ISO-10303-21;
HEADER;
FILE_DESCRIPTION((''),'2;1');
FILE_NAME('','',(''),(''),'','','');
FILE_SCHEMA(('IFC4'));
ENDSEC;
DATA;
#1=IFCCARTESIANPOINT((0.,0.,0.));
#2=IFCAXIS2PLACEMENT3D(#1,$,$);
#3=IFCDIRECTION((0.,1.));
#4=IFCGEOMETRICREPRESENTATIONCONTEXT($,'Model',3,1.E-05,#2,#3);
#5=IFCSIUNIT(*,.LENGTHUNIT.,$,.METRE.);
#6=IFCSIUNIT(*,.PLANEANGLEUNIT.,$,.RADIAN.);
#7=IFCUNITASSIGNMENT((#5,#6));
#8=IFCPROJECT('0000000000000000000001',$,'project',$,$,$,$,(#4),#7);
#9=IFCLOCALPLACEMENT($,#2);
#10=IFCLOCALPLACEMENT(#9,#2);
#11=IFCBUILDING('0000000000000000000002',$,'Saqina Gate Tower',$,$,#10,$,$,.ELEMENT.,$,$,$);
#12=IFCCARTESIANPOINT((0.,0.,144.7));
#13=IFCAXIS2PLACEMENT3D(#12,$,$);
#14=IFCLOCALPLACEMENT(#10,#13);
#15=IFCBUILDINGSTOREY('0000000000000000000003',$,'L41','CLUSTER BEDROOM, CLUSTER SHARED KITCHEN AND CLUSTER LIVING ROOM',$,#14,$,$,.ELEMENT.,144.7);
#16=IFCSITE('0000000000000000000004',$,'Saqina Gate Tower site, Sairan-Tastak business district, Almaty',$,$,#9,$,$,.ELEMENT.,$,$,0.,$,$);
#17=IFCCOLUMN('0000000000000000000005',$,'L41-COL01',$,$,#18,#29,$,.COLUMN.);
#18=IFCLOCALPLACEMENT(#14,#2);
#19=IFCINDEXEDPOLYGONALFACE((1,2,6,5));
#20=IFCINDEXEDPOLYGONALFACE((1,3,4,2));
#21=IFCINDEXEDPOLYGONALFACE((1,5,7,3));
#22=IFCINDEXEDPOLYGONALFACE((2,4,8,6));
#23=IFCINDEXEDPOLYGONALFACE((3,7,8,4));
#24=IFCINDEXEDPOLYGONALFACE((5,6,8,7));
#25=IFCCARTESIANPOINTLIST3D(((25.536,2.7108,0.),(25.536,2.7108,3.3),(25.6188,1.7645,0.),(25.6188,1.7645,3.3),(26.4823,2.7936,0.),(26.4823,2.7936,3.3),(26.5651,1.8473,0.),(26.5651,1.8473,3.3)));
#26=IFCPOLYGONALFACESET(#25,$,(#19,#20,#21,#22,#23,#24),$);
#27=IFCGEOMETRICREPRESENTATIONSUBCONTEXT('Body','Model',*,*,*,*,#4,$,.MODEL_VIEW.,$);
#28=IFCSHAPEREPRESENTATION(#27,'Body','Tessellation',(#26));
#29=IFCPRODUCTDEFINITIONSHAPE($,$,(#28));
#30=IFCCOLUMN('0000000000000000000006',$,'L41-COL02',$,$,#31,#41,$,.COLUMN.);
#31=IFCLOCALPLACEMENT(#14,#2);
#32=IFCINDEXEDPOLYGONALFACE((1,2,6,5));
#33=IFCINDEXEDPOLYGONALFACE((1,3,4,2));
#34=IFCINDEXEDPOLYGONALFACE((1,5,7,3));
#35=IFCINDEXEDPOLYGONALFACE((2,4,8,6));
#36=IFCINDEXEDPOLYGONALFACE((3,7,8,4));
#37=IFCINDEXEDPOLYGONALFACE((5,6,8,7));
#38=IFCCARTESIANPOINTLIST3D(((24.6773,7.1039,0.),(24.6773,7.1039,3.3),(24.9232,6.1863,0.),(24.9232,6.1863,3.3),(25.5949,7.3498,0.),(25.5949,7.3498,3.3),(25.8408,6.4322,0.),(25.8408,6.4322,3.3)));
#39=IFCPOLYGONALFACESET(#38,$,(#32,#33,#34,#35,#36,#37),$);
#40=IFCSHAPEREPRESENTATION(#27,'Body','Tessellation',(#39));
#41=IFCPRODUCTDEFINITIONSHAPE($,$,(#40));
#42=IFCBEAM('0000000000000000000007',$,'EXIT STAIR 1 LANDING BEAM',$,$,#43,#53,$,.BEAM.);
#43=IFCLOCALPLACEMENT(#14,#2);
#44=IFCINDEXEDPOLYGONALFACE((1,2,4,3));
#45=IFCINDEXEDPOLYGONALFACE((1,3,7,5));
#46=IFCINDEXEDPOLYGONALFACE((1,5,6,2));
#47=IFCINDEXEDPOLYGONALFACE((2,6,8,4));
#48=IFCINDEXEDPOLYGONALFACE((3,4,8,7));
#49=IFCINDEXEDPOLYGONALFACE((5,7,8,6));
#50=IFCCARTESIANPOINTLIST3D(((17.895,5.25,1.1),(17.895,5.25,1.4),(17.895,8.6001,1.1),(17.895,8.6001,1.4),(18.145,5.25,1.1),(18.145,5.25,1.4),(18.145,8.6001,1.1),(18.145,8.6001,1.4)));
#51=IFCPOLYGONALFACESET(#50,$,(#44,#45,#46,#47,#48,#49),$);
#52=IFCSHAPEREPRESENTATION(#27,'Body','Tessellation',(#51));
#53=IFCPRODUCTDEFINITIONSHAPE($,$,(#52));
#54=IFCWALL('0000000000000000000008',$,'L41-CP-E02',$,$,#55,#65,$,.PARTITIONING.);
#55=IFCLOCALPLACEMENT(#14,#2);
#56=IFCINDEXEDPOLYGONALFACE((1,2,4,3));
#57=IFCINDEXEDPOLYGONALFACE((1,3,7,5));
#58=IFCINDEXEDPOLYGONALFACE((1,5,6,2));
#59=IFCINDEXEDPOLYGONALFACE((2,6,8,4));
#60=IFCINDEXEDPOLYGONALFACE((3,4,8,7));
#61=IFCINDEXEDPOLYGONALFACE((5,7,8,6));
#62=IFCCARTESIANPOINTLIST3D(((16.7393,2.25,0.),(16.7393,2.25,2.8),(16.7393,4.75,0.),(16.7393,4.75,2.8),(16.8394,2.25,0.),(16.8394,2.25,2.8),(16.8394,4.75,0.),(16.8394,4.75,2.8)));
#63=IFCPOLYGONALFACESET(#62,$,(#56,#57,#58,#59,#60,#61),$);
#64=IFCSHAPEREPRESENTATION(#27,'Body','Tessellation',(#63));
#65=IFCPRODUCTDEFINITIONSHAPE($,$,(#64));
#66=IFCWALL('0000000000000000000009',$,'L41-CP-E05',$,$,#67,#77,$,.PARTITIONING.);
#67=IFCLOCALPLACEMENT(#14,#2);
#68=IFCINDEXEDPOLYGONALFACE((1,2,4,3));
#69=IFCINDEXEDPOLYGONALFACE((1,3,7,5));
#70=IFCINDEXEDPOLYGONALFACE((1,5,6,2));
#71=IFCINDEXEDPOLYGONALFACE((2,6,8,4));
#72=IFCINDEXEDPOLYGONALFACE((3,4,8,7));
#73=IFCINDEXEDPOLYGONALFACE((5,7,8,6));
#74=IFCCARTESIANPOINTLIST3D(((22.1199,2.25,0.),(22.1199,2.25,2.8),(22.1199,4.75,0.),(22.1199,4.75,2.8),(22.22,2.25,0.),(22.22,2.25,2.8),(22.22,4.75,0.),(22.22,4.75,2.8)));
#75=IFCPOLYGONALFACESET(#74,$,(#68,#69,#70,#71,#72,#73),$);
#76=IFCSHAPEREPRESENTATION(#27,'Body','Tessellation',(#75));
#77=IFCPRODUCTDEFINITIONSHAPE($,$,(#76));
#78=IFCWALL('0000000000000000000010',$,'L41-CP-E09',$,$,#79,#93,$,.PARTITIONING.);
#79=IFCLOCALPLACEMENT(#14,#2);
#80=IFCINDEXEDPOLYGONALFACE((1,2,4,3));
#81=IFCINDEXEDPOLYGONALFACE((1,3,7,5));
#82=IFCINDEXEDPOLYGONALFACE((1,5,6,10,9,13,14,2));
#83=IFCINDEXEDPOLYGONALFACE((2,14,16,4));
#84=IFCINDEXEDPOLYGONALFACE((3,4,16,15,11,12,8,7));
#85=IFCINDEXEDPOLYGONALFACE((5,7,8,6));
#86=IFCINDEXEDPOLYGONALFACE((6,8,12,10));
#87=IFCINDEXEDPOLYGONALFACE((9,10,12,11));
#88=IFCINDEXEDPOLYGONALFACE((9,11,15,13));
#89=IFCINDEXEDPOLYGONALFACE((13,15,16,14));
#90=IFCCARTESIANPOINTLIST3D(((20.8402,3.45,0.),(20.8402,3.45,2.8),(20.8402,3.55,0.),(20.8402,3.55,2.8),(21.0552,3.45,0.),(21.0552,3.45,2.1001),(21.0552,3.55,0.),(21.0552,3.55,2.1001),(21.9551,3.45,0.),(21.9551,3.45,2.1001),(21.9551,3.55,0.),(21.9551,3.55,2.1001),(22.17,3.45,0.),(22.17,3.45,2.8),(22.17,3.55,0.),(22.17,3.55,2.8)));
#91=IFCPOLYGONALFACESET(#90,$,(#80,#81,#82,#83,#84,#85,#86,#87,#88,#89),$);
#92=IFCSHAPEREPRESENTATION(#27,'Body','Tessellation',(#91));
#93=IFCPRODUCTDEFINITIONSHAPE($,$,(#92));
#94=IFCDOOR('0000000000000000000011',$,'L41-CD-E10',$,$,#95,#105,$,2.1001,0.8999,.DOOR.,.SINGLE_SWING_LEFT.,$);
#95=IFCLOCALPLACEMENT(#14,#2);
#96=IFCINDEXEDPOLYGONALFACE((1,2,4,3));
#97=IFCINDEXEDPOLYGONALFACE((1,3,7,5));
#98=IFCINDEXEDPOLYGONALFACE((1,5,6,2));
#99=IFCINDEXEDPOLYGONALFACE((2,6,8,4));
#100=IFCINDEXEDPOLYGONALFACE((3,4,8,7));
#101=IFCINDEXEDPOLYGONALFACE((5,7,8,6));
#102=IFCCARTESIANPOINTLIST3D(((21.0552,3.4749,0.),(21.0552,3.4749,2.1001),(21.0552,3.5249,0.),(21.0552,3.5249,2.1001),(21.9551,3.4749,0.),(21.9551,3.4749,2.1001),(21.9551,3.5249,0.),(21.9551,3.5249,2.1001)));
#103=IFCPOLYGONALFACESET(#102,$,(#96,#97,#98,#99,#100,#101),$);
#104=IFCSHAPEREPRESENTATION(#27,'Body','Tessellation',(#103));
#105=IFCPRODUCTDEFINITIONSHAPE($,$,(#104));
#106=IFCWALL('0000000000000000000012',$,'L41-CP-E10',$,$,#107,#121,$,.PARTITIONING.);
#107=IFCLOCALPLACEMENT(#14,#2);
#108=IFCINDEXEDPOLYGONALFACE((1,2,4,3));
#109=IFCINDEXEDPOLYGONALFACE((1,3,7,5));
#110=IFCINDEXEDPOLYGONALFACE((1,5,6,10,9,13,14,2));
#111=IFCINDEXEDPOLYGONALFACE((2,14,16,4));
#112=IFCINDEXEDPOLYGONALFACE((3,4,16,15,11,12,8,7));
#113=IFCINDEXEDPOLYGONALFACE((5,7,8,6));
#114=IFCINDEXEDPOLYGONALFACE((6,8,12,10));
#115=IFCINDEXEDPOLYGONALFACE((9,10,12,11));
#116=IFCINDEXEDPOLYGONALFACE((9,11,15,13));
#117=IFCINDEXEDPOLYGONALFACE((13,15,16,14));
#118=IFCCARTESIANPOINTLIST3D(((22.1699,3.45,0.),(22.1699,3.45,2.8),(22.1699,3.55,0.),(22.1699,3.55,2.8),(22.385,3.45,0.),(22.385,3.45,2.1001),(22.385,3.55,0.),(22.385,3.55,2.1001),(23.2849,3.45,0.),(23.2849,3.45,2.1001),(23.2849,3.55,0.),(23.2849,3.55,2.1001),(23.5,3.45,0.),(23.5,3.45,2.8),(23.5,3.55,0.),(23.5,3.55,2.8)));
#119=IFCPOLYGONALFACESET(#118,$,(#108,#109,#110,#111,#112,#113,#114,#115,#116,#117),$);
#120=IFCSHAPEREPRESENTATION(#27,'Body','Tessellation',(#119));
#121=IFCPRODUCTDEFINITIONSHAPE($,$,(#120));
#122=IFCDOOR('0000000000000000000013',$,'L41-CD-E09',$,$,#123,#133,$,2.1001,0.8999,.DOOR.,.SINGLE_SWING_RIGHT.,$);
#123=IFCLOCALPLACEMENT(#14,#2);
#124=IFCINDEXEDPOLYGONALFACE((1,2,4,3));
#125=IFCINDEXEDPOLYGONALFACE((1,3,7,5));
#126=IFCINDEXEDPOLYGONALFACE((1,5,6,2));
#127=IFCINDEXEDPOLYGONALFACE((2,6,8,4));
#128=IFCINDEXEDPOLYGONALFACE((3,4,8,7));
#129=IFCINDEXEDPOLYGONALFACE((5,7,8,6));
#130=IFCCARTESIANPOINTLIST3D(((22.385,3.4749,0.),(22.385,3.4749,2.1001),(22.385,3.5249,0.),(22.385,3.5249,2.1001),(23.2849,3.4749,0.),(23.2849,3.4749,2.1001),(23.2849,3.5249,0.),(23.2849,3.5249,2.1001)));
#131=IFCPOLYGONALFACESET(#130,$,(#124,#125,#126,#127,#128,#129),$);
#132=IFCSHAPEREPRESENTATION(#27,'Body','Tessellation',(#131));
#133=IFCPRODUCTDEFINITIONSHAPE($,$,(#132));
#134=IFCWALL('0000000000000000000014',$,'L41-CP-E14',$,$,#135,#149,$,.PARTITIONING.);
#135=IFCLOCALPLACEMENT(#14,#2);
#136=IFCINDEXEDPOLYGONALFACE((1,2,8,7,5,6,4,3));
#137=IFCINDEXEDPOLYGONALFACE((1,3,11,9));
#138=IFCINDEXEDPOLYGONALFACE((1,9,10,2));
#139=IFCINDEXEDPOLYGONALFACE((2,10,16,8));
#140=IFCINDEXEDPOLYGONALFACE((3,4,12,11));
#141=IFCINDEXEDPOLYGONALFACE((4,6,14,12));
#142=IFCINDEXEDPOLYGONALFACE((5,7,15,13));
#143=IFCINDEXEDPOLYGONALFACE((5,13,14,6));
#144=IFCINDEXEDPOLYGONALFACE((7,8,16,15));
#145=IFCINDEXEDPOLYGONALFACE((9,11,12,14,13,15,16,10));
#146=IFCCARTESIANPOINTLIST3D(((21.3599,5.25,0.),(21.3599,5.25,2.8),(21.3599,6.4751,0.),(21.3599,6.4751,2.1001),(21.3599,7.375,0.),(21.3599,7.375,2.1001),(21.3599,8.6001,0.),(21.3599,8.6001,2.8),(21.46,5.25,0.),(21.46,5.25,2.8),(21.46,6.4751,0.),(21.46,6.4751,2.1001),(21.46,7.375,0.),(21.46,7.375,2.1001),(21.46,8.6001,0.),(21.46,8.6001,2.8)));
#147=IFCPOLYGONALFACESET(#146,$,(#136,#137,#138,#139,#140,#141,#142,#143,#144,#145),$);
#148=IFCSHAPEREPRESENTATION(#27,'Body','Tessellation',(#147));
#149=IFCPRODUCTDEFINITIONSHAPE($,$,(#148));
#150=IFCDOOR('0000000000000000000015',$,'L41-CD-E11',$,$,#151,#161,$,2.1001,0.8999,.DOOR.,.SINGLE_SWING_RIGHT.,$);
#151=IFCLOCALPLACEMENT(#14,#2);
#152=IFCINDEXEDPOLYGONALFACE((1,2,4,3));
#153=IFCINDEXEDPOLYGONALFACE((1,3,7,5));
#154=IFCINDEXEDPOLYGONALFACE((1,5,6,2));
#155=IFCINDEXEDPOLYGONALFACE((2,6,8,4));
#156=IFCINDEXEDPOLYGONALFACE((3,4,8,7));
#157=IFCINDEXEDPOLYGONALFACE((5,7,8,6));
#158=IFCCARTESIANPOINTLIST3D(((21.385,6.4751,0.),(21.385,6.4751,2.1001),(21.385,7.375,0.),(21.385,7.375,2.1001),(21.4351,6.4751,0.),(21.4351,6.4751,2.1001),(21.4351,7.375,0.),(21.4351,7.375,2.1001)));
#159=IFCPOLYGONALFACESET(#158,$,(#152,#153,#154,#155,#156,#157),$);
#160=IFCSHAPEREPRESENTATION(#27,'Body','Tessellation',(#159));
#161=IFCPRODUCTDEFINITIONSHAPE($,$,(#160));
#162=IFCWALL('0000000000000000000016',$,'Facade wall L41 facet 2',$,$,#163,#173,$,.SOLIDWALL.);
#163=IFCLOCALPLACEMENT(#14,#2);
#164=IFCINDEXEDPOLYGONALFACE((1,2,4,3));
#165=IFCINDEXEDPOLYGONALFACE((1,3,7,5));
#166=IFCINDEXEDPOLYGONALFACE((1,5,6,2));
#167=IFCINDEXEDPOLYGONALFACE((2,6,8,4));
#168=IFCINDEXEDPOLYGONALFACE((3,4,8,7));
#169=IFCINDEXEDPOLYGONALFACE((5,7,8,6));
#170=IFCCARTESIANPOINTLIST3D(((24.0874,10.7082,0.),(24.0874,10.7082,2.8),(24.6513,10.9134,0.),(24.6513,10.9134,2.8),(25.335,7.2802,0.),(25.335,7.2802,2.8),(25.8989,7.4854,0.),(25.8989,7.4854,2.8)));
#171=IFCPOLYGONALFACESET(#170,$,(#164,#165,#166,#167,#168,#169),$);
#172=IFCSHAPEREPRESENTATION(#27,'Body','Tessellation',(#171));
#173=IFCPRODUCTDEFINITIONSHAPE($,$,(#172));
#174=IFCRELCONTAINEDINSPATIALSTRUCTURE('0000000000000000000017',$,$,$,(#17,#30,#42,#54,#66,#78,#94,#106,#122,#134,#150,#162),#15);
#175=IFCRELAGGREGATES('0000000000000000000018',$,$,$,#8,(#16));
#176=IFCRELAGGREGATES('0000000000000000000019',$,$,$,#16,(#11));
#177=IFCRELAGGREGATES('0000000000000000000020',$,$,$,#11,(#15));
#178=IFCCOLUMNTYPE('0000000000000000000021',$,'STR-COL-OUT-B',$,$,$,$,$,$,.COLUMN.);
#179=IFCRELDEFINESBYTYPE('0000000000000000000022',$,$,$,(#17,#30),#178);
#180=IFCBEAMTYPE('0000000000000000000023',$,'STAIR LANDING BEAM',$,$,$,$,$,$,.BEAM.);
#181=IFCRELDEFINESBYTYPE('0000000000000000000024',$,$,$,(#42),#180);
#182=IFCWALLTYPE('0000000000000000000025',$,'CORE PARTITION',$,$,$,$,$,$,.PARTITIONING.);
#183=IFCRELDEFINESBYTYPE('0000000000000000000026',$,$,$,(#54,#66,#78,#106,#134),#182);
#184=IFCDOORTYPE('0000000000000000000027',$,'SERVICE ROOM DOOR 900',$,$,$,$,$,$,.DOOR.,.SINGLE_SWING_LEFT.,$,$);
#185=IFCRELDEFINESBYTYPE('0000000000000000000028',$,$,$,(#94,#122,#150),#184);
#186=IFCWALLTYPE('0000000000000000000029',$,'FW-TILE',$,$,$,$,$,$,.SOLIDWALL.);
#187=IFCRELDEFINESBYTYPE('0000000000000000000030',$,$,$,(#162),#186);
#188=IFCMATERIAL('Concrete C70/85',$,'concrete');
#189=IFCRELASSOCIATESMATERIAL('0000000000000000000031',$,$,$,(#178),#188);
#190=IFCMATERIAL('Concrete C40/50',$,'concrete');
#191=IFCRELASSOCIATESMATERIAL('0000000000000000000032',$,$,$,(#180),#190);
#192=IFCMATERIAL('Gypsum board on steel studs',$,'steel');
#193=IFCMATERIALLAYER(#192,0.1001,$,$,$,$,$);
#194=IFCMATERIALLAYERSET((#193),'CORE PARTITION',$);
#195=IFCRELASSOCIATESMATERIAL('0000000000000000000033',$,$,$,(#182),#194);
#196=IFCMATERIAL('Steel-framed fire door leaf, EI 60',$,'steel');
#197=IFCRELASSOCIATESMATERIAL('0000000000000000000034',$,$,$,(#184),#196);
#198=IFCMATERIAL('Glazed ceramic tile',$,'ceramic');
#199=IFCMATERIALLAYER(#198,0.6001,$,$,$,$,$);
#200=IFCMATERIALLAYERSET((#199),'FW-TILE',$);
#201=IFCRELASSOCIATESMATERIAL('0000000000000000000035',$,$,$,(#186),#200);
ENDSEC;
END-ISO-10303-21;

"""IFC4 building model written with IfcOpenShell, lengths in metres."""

from ifc_helpers import new_model, si_unit, direction, frame, frame_2d, origin, origin_2d, place, context, subcontext, project, spatial, rectangle, extrude, material, layer, layer_set, material_profile, profile_set, type_object, element, fill, save


model = new_model("IFC4")

# Units and contexts
model_context = context("Model", 3, precision=1e-05, world=origin(), true_north=direction((0.0, 1.0)))
body_context = subcontext(model_context, "Body", "Model", "MODEL_VIEW")
ifc_project = project(units=[si_unit("LENGTHUNIT", "METRE"), si_unit("PLANEANGLEUNIT", "RADIAN")], contexts=[model_context])

# Site, building, storey
site_placement = place(None, origin())
site = spatial("IfcSite", under=ifc_project, at=site_placement, Name="Saqina Gate Tower site, Sairan-Tastak business district, Almaty", CompositionType="ELEMENT", RefElevation=0.0)
building_placement = place(site_placement, origin())
building = spatial("IfcBuilding", under=site, at=building_placement, Name="Saqina Gate Tower", CompositionType="ELEMENT")
storey_placement = place(building_placement, frame((0.0, 0.0, 144.7)))
storey = spatial("IfcBuildingStorey", under=building, at=storey_placement, Name="L41", Description="CLUSTER BEDROOM, CLUSTER SHARED KITCHEN AND CLUSTER LIVING ROOM", CompositionType="ELEMENT", Elevation=144.7)

# Columns
ifc_material_1 = material(Name="Concrete C70/85", Category="concrete")
ifc_material_profile_1 = material_profile(ifc_material_1, rectangle(XDim=0.95, YDim=0.95, at=origin_2d()), Name="RC 950x950")
ifc_profile_set_1 = profile_set([ifc_material_profile_1], Name="Concrete C70/85")
column_type = type_object("IfcColumnType", Name="STR-COL-OUT-B", PredefinedType="COLUMN", material=ifc_profile_set_1)
for number, where, z_axis, x_axis, name in (
    (1, (26.0505, 2.2791, 0.0), (0.0, 0.0, 1.0), (0.996195, 0.087156, 0.0), "L41-COL01"),
    (2, (25.259, 6.7681, 0.0), (0.0, 0.0, 1.0), (0.965926, 0.258819, 0.0), "L41-COL02"),
):
    element("IfcColumn", number, at=place(storey_placement, frame(where, z_axis=z_axis, x_axis=x_axis)), inside=storey, type_object=column_type, Name=name, PredefinedType="COLUMN", context=body_context, shape_type="SweptSolid", body=[
        extrude(rectangle(XDim=0.95, YDim=0.95, at=origin_2d()), origin(), (0.0, 0.0, 1.0), 3.3),
    ])

# Beam
ifc_material_2 = material(Name="Concrete C40/50", Category="concrete")
ifc_material_profile_2 = material_profile(ifc_material_2, rectangle(XDim=0.25, YDim=0.3, at=origin_2d()), Name="STAIR LANDING BEAM")
ifc_profile_set_2 = profile_set([ifc_material_profile_2], Name="Concrete C40/50")
beam_type = type_object("IfcBeamType", Name="STAIR LANDING BEAM", PredefinedType="BEAM", material=ifc_profile_set_2)
beam_placement = place(storey_placement, frame((18.02, 5.25, 1.25), z_axis=(0.0, 1.0, 0.0), x_axis=(-1.0, 0.0, 0.0)))
element("IfcBeam", 3, at=beam_placement, inside=storey, type_object=beam_type, Name="EXIT STAIR 1 LANDING BEAM", PredefinedType="BEAM", context=body_context, shape_type="SweptSolid", body=[
    extrude(rectangle(XDim=0.25, YDim=0.3, at=origin_2d()), origin(), (0.0, 0.0, 1.0), 3.3501),
])

# Walls
ifc_material_3 = material(Name="Gypsum board on steel studs", Category="steel")
ifc_layer_1 = layer(ifc_material_3, 0.1001)
ifc_layer_set_1 = layer_set([ifc_layer_1], Name="CORE PARTITION")
wall_type_1 = type_object("IfcWallType", Name="CORE PARTITION", PredefinedType="PARTITIONING", material=ifc_layer_set_1)
for number, where, z_axis, x_axis, name in (
    (4, (16.7893, 2.25, 0.0), (0.0, 0.0, 1.0), (0.0, 1.0, 0.0), "L41-CP-E02"),
    (5, (22.1699, 2.25, 0.0), (0.0, 0.0, 1.0), (0.0, 1.0, 0.0), "L41-CP-E05"),
):
    element("IfcWall", number, at=place(storey_placement, frame(where, z_axis=z_axis, x_axis=x_axis)), inside=storey, type_object=wall_type_1, Name=name, PredefinedType="PARTITIONING", context=body_context, shape_type="SweptSolid", body=[
        extrude(rectangle(XDim=2.5, YDim=0.1001, at=frame_2d((1.25, 0.0))), origin(), (0.0, 0.0, 1.0), 2.8),
    ])

# Walls, openings, doors
wall_1_placement = place(storey_placement, frame((20.8401, 3.5, 0.0), z_axis=(0.0, 0.0, 1.0), x_axis=(1.0, 0.0, 0.0)))
wall_1 = element("IfcWall", 6, at=wall_1_placement, inside=storey, type_object=wall_type_1, Name="L41-CP-E09", PredefinedType="PARTITIONING", context=body_context, shape_type="SweptSolid", body=[
    extrude(rectangle(XDim=1.3298, YDim=0.1001, at=frame_2d((0.665, 0.0))), origin(), (0.0, 0.0, 1.0), 2.8),
])
opening_1_placement = place(wall_1_placement, frame((0.2151, 0.0, 0.0)))
opening_1 = element("IfcOpeningElement", 7, at=opening_1_placement, cuts=wall_1, PredefinedType="OPENING", context=body_context, shape_type="SweptSolid", body=[
    extrude(rectangle(XDim=0.8999, YDim=2.1001, at=frame_2d((0.45, 1.05))), frame((0.0, 0.062, 0.0), z_axis=(0.0, -1.0, 0.0), x_axis=(1.0, 0.0, 0.0)), (0.0, 0.0, 1.0), 0.124),
])
ifc_material_4 = material(Name="Steel-framed fire door leaf, EI 60", Category="steel")
door_type = type_object("IfcDoorType", Name="SERVICE ROOM DOOR 900", OperationType="SINGLE_SWING_LEFT", PredefinedType="DOOR", material=ifc_material_4)
door_1_placement = place(opening_1_placement, origin())
door_1 = element("IfcDoor", 8, at=door_1_placement, inside=storey, type_object=door_type, Name="L41-CD-E10", OperationType="SINGLE_SWING_LEFT", OverallHeight=2.1001, OverallWidth=0.8999, PredefinedType="DOOR", context=body_context, shape_type="SweptSolid", body=[
    extrude(rectangle(XDim=0.8999, YDim=2.1001, at=frame_2d((0.45, 1.05))), frame((0.0, 0.0249, 0.0), z_axis=(0.0, -1.0, 0.0), x_axis=(1.0, 0.0, 0.0)), (0.0, 0.0, 1.0), 0.05),
])
fill(opening_1, door_1)
wall_2_placement = place(storey_placement, frame((22.1699, 3.5, 0.0), z_axis=(0.0, 0.0, 1.0), x_axis=(1.0, 0.0, 0.0)))
wall_2 = element("IfcWall", 9, at=wall_2_placement, inside=storey, type_object=wall_type_1, Name="L41-CP-E10", PredefinedType="PARTITIONING", context=body_context, shape_type="SweptSolid", body=[
    extrude(rectangle(XDim=1.3301, YDim=0.1001, at=frame_2d((0.665, 0.0))), origin(), (0.0, 0.0, 1.0), 2.8),
])
opening_2_placement = place(wall_2_placement, frame((0.2151, 0.0, 0.0)))
opening_2 = element("IfcOpeningElement", 10, at=opening_2_placement, cuts=wall_2, PredefinedType="OPENING", context=body_context, shape_type="SweptSolid", body=[
    extrude(rectangle(XDim=0.8999, YDim=2.1001, at=frame_2d((0.45, 1.05))), frame((0.0, 0.062, 0.0), z_axis=(0.0, -1.0, 0.0), x_axis=(1.0, 0.0, 0.0)), (0.0, 0.0, 1.0), 0.124),
])
door_2_placement = place(opening_2_placement, origin())
door_2 = element("IfcDoor", 11, at=door_2_placement, inside=storey, type_object=door_type, Name="L41-CD-E09", OperationType="SINGLE_SWING_RIGHT", OverallHeight=2.1001, OverallWidth=0.8999, PredefinedType="DOOR", context=body_context, shape_type="SweptSolid", body=[
    extrude(rectangle(XDim=0.8999, YDim=2.1001, at=frame_2d((0.45, 1.05))), frame((0.0, 0.0249, 0.0), z_axis=(0.0, -1.0, 0.0), x_axis=(1.0, 0.0, 0.0)), (0.0, 0.0, 1.0), 0.05),
])
fill(opening_2, door_2)
wall_3_placement = place(storey_placement, frame((21.4099, 5.25, 0.0), z_axis=(0.0, 0.0, 1.0), x_axis=(0.0, 1.0, 0.0)))
wall_3 = element("IfcWall", 12, at=wall_3_placement, inside=storey, type_object=wall_type_1, Name="L41-CP-E14", PredefinedType="PARTITIONING", context=body_context, shape_type="SweptSolid", body=[
    extrude(rectangle(XDim=3.3501, YDim=0.1001, at=frame_2d((1.675, 0.0))), origin(), (0.0, 0.0, 1.0), 2.8),
])
opening_3_placement = place(wall_3_placement, frame((1.2251, 0.0, 0.0)))
opening_3 = element("IfcOpeningElement", 13, at=opening_3_placement, cuts=wall_3, PredefinedType="OPENING", context=body_context, shape_type="SweptSolid", body=[
    extrude(rectangle(XDim=0.8999, YDim=2.1001, at=frame_2d((0.45, 1.05))), frame((0.0, 0.062, 0.0), z_axis=(0.0, -1.0, 0.0), x_axis=(1.0, 0.0, 0.0)), (0.0, 0.0, 1.0), 0.124),
])
door_3_placement = place(opening_3_placement, origin())
door_3 = element("IfcDoor", 14, at=door_3_placement, inside=storey, type_object=door_type, Name="L41-CD-E11", OperationType="SINGLE_SWING_RIGHT", OverallHeight=2.1001, OverallWidth=0.8999, PredefinedType="DOOR", context=body_context, shape_type="SweptSolid", body=[
    extrude(rectangle(XDim=0.8999, YDim=2.1001, at=frame_2d((0.45, 1.05))), frame((0.0, 0.0249, 0.0), z_axis=(0.0, -1.0, 0.0), x_axis=(1.0, 0.0, 0.0)), (0.0, 0.0, 1.0), 0.05),
])
fill(opening_3, door_3)

# Wall
ifc_material_5 = material(Name="Glazed ceramic tile", Category="ceramic")
ifc_layer_2 = layer(ifc_material_5, 0.6001)
ifc_layer_set_2 = layer_set([ifc_layer_2], Name="FW-TILE")
wall_type_2 = type_object("IfcWallType", Name="FW-TILE", PredefinedType="SOLIDWALL", material=ifc_layer_set_2)
wall_4_placement = place(storey_placement, frame((25.6169, 7.3828, 0.0), z_axis=(0.0, 0.0, 1.0), x_axis=(-0.34199, 0.939704, 0.0)))
element("IfcWall", 15, at=wall_4_placement, inside=storey, type_object=wall_type_2, Name="Facade wall L41 facet 2", PredefinedType="SOLIDWALL", context=body_context, shape_type="SweptSolid", body=[
    extrude(rectangle(XDim=3.6479, YDim=0.6001, at=frame_2d((1.824, 0.0))), origin(), (0.0, 0.0, 1.0), 2.8),
])

save(model, "model.ifc")
